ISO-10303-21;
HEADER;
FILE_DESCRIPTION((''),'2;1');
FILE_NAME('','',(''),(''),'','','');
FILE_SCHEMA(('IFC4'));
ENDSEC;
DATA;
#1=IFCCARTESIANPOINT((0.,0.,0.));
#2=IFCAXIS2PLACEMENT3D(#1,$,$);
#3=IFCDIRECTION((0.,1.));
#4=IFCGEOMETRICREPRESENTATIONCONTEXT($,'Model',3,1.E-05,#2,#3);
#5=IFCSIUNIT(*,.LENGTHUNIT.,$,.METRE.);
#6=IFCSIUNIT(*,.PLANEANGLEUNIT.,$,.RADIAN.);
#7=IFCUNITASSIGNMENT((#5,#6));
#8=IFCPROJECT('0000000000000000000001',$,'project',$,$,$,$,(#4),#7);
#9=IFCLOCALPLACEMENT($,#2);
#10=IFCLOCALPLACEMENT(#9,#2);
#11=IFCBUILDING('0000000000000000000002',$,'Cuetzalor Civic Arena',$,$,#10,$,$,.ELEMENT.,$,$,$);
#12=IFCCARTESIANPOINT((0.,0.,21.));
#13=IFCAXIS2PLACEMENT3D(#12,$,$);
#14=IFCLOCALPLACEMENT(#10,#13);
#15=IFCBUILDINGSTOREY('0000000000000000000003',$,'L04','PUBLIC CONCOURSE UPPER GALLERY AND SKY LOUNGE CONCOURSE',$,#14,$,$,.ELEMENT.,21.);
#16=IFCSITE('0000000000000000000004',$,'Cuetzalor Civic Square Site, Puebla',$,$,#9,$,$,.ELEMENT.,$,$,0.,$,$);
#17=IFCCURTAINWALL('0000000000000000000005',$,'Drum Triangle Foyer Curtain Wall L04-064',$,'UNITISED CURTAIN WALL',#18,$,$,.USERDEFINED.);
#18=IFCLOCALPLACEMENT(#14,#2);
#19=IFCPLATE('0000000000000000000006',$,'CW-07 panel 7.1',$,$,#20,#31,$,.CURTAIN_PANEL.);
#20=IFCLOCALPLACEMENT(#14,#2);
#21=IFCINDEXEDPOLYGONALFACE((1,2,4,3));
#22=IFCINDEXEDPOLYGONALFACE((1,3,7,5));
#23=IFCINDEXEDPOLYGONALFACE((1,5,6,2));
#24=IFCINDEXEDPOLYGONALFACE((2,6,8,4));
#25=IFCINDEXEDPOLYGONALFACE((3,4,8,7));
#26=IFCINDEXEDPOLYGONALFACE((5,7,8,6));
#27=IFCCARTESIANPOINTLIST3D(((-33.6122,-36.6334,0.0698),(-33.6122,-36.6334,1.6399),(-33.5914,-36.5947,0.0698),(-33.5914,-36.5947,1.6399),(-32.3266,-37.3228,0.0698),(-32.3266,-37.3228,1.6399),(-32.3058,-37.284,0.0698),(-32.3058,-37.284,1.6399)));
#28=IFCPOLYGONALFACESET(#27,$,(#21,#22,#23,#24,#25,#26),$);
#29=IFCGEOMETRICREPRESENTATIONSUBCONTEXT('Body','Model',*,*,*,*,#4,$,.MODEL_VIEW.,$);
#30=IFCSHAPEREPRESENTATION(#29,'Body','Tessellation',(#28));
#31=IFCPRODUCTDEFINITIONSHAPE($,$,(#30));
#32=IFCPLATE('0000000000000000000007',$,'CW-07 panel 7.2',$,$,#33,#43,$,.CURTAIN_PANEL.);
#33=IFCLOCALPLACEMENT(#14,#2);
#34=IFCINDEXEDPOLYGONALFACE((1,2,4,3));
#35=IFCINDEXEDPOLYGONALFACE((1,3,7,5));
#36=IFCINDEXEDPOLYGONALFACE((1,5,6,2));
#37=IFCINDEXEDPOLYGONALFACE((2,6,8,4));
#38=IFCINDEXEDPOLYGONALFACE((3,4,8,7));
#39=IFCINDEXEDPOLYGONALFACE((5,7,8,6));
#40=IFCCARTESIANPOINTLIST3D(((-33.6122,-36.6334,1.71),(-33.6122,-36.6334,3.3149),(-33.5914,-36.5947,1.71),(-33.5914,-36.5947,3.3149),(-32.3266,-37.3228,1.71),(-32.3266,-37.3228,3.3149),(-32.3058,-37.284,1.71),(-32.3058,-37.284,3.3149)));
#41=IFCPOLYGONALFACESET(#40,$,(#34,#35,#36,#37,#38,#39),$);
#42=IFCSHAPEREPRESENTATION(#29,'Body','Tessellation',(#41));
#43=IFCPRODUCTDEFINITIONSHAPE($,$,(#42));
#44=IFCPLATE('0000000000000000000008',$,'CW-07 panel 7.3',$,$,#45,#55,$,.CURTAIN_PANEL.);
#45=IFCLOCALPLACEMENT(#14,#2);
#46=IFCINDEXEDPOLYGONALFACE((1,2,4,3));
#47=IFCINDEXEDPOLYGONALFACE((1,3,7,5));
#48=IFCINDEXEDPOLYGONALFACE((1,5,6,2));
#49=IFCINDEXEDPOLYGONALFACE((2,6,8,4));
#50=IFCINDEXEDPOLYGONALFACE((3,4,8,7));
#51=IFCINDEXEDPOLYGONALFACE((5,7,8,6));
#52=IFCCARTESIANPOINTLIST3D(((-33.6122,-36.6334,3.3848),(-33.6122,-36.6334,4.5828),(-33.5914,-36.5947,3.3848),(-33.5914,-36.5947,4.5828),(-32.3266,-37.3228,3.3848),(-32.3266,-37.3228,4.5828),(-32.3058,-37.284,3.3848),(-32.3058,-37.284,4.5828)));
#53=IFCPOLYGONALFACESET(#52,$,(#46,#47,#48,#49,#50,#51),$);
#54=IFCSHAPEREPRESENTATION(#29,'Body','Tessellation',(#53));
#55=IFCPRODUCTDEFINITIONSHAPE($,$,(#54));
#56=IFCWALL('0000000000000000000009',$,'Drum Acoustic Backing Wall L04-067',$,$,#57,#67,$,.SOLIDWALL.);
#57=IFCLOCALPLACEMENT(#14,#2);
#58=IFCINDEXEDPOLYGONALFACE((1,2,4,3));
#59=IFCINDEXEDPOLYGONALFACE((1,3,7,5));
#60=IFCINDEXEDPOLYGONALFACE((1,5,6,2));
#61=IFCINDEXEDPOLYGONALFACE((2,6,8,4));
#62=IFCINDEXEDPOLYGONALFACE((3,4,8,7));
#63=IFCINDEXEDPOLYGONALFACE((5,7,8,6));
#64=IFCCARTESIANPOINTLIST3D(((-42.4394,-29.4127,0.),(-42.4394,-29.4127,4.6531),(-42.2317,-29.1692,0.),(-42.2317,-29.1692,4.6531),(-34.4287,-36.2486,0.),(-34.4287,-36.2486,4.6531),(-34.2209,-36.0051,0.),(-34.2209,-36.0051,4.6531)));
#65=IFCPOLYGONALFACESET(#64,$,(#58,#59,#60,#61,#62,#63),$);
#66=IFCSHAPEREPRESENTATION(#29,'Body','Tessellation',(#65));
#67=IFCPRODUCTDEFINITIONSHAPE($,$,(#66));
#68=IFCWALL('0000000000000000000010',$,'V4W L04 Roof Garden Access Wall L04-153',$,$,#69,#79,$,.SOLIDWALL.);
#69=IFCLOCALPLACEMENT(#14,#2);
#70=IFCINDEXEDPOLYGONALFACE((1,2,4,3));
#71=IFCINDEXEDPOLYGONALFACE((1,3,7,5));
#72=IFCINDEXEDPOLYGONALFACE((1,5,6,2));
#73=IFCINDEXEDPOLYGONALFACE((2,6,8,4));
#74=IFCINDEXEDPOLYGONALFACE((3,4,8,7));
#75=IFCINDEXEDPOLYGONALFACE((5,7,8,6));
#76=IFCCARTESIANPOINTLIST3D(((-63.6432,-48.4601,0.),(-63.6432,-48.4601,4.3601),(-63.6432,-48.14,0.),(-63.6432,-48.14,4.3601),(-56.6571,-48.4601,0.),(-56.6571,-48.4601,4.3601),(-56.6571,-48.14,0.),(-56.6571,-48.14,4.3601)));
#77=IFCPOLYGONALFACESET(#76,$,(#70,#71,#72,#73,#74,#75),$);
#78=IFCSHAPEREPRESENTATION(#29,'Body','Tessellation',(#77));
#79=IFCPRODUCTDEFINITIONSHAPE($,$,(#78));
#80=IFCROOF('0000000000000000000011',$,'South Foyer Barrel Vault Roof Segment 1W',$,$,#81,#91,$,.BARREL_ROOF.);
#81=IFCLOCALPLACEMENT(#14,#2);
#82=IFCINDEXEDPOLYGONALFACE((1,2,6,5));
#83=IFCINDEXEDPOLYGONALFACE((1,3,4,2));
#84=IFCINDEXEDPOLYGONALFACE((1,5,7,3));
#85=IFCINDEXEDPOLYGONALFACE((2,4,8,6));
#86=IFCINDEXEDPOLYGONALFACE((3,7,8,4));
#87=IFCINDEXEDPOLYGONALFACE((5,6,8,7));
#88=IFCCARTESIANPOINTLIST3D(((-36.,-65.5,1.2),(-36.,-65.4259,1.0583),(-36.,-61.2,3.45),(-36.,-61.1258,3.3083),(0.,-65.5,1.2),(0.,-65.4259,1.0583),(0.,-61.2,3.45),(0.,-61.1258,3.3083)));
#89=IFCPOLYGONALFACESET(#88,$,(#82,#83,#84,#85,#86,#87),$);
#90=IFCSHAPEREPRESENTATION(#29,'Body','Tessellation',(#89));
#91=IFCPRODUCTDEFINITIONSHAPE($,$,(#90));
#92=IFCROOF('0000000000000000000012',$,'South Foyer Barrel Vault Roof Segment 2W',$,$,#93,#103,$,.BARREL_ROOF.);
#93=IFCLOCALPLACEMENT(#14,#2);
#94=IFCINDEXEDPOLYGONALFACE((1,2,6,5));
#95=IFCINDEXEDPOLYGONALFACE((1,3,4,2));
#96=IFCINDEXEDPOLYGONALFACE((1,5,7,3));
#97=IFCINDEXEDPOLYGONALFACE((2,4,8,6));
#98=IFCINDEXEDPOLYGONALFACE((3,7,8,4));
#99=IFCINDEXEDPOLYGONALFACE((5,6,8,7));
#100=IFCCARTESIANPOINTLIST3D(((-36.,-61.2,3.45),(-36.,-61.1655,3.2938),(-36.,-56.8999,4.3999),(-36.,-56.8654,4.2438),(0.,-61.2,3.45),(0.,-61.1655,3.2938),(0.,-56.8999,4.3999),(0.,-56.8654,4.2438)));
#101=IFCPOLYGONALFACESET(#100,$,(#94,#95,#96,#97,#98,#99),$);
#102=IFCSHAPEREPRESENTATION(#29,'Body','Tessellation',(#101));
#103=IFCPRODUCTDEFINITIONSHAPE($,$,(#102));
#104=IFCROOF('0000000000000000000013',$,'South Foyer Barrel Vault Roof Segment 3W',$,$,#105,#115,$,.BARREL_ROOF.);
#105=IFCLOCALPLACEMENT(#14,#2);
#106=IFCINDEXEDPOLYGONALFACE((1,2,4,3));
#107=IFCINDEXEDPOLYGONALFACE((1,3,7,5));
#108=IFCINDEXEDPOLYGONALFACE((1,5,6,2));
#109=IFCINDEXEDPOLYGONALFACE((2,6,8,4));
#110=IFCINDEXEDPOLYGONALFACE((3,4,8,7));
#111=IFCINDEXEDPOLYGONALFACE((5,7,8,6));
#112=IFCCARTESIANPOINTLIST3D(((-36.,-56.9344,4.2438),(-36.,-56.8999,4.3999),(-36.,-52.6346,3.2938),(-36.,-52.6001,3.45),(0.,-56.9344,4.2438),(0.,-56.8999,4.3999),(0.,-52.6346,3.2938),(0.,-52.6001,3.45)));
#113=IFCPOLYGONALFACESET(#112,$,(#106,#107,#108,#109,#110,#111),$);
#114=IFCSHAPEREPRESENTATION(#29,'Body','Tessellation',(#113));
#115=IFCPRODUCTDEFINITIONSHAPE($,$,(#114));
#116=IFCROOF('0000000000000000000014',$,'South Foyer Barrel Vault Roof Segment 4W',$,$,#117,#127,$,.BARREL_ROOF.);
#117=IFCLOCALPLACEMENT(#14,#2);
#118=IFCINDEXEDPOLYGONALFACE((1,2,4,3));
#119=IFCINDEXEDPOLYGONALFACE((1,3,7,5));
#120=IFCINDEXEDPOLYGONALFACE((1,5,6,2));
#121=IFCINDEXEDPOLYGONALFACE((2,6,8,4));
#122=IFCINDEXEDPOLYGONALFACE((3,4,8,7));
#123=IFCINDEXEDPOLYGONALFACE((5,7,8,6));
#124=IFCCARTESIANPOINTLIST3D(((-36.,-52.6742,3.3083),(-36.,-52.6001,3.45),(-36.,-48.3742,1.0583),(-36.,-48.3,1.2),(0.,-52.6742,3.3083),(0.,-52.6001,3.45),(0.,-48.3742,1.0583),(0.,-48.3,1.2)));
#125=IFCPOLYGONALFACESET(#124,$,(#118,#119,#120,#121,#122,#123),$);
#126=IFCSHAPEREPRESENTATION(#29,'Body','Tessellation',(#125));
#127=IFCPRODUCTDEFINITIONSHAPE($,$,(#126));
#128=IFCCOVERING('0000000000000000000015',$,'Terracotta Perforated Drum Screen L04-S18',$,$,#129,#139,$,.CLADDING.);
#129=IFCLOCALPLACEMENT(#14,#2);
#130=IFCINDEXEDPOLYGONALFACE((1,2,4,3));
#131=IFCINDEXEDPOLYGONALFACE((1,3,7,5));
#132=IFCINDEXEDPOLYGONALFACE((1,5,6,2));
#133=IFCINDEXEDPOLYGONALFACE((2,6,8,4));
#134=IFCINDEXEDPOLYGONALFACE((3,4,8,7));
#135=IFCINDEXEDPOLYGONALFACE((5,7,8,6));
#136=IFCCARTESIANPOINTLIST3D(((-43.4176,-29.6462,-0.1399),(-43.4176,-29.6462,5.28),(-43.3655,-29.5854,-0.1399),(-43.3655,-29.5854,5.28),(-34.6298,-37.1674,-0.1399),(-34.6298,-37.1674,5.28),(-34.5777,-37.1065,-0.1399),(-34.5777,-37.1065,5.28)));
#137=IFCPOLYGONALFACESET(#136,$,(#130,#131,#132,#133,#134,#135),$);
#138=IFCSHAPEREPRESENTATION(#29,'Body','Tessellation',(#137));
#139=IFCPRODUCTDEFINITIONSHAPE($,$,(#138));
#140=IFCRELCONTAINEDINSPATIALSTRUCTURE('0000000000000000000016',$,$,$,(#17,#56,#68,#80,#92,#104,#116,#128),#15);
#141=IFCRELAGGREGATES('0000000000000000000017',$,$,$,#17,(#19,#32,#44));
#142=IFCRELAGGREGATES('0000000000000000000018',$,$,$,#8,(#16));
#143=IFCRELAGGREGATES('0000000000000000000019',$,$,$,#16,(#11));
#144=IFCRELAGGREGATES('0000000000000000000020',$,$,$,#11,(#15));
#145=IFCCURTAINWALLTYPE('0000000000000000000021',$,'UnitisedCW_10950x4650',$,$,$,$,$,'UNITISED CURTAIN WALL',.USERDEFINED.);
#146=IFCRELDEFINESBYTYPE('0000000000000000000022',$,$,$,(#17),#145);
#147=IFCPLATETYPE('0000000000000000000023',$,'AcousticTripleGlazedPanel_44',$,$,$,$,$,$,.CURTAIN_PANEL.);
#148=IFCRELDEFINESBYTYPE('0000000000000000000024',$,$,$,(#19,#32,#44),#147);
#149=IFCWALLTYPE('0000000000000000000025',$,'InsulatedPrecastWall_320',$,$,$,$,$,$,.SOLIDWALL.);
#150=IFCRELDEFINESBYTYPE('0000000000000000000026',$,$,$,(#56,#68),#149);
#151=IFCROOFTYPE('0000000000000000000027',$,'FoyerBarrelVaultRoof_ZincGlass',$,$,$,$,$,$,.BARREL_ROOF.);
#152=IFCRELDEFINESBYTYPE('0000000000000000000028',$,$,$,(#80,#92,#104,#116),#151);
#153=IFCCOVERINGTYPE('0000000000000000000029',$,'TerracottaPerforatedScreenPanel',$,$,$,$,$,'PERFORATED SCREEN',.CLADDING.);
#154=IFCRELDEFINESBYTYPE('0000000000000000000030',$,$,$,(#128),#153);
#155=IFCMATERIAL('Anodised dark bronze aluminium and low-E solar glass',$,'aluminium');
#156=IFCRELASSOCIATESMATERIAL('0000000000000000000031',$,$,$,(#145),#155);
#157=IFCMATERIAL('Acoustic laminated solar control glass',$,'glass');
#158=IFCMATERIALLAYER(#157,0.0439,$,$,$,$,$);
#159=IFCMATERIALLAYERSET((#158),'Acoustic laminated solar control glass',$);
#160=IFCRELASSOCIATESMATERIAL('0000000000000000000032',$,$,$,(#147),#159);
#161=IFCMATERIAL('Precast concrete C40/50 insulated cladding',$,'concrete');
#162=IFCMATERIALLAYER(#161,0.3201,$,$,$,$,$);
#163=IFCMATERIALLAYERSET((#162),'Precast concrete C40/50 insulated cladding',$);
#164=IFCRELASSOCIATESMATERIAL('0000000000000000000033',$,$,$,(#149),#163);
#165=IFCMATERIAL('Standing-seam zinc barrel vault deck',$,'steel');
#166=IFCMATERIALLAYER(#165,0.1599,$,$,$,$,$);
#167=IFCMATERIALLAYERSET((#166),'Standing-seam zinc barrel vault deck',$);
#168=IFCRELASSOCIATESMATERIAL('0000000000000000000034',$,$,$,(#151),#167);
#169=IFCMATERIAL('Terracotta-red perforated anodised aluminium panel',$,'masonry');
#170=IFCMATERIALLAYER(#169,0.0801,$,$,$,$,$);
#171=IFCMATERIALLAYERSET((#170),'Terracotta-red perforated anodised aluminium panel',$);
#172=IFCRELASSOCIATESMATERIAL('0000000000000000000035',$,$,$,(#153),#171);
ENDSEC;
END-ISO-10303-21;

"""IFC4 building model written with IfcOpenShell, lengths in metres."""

from ifc_helpers import new_model, si_unit, direction, frame, frame_2d, origin, origin_2d, place, context, subcontext, project, spatial, polyline, rectangle, outline, extrude, material, layer, layer_set, type_object, element, aggregate, save


model = new_model("IFC4")

# Units and contexts
model_context = context("Model", 3, precision=1e-05, world=origin(), true_north=direction((0.0, 1.0)))
body_context = subcontext(model_context, "Body", "Model", "MODEL_VIEW")
ifc_project = project(units=[si_unit("LENGTHUNIT", "METRE"), si_unit("PLANEANGLEUNIT", "RADIAN")], contexts=[model_context])

# Site, building, storey
site_placement = place(None, origin())
site = spatial("IfcSite", under=ifc_project, at=site_placement, Name="Cuetzalor Civic Square Site, Puebla", CompositionType="ELEMENT", RefElevation=0.0)
building_placement = place(site_placement, origin())
building = spatial("IfcBuilding", under=site, at=building_placement, Name="Cuetzalor Civic Arena", CompositionType="ELEMENT")
storey_placement = place(building_placement, frame((0.0, 0.0, 21.0)))
storey = spatial("IfcBuildingStorey", under=building, at=storey_placement, Name="L04", Description="PUBLIC CONCOURSE UPPER GALLERY AND SKY LOUNGE CONCOURSE", CompositionType="ELEMENT", Elevation=21.0)

# Curtain wall
ifc_material_1 = material(Name="Anodised dark bronze aluminium and low-E solar glass", Category="aluminium")
curtain_wall_type = type_object("IfcCurtainWallType", Name="UnitisedCW_10950x4650", ElementType="UNITISED CURTAIN WALL", PredefinedType="USERDEFINED", material=ifc_material_1)
curtain_wall_placement = place(storey_placement, origin())
curtain_wall = element("IfcCurtainWall", 1, at=curtain_wall_placement, inside=storey, type_object=curtain_wall_type, Name="Drum Triangle Foyer Curtain Wall L04-064", ObjectType="UNITISED CURTAIN WALL", PredefinedType="USERDEFINED")

# Plates
ifc_material_2 = material(Name="Acoustic laminated solar control glass", Category="glass")
ifc_layer_1 = layer(ifc_material_2, 0.0439)
ifc_layer_set_1 = layer_set([ifc_layer_1], Name="Acoustic laminated solar control glass")
plate_type = type_object("IfcPlateType", Name="AcousticTripleGlazedPanel_44", PredefinedType="CURTAIN_PANEL", material=ifc_layer_set_1)
plate_1_placement = place(storey_placement, frame((-32.959, -36.9587, 0.0698), z_axis=(0.0, 0.0, 1.0), x_axis=(-0.881306, 0.472545, 0.0)))
plate_1 = element("IfcPlate", 2, at=plate_1_placement, type_object=plate_type, Name="CW-07 panel 7.1", PredefinedType="CURTAIN_PANEL", context=body_context, shape_type="SweptSolid", body=[
    extrude(rectangle(XDim=1.4587, YDim=0.0439, at=origin_2d()), origin(), (0.0, 0.0, 1.0), 1.5701),
])
plate_2_placement = place(storey_placement, frame((-32.959, -36.9587, 1.71), z_axis=(0.0, 0.0, 1.0), x_axis=(-0.881306, 0.472545, 0.0)))
plate_2 = element("IfcPlate", 3, at=plate_2_placement, type_object=plate_type, Name="CW-07 panel 7.2", PredefinedType="CURTAIN_PANEL", context=body_context, shape_type="SweptSolid", body=[
    extrude(rectangle(XDim=1.4587, YDim=0.0439, at=origin_2d()), origin(), (0.0, 0.0, 1.0), 1.605),
])
plate_3_placement = place(storey_placement, frame((-32.959, -36.9587, 3.3848), z_axis=(0.0, 0.0, 1.0), x_axis=(-0.881306, 0.472545, 0.0)))
plate_3 = element("IfcPlate", 4, at=plate_3_placement, type_object=plate_type, Name="CW-07 panel 7.3", PredefinedType="CURTAIN_PANEL", context=body_context, shape_type="SweptSolid", body=[
    extrude(rectangle(XDim=1.4587, YDim=0.0439, at=origin_2d()), origin(), (0.0, 0.0, 1.0), 1.198),
])
aggregate(curtain_wall, [plate_1, plate_2, plate_3])

# Wall
ifc_material_3 = material(Name="Precast concrete C40/50 insulated cladding", Category="concrete")
ifc_layer_2 = layer(ifc_material_3, 0.3201)
ifc_layer_set_2 = layer_set([ifc_layer_2], Name="Precast concrete C40/50 insulated cladding")
wall_type = type_object("IfcWallType", Name="InsulatedPrecastWall_320", PredefinedType="SOLIDWALL", material=ifc_layer_set_2)
wall_1_placement = place(storey_placement, frame((-34.3247, -36.127, 0.0), z_axis=(0.0, 0.0, 1.0), x_axis=(-0.760682, 0.649125, 0.0)))
element("IfcWall", 5, at=wall_1_placement, inside=storey, type_object=wall_type, Name="Drum Acoustic Backing Wall L04-067", PredefinedType="SOLIDWALL", context=body_context, shape_type="SweptSolid", body=[
    extrude(rectangle(XDim=10.531, YDim=0.3201, at=frame_2d((5.2656, 0.0))), origin(), (0.0, 0.0, 1.0), 4.6531),
])

# Wall
wall_2_placement = place(storey_placement, frame((-56.657, -48.3, 0.0), z_axis=(0.0, 0.0, 1.0), x_axis=(-1.0, 0.0, 0.0)))
element("IfcWall", 6, at=wall_2_placement, inside=storey, type_object=wall_type, Name="V4W L04 Roof Garden Access Wall L04-153", PredefinedType="SOLIDWALL", context=body_context, shape_type="SweptSolid", body=[
    extrude(rectangle(XDim=6.9861, YDim=0.3201, at=frame_2d((3.4932, 0.0))), origin(), (0.0, 0.0, 1.0), 4.3601),
])

# Roofs
ifc_material_4 = material(Name="Standing-seam zinc barrel vault deck", Category="steel")
ifc_layer_3 = layer(ifc_material_4, 0.1599)
ifc_layer_set_3 = layer_set([ifc_layer_3], Name="Standing-seam zinc barrel vault deck")
roof_type = type_object("IfcRoofType", Name="FoyerBarrelVaultRoof_ZincGlass", PredefinedType="BARREL_ROOF", material=ifc_layer_set_3)
roof_1_placement = place(storey_placement, frame((-36.0, -65.5, 1.2), z_axis=(0.0, -0.463618, 0.886035), x_axis=(1.0, 0.0, 0.0)))
element("IfcRoof", 7, at=roof_1_placement, inside=storey, type_object=roof_type, Name="South Foyer Barrel Vault Roof Segment 1W", PredefinedType="BARREL_ROOF", context=body_context, shape_type="SweptSolid", body=[
    extrude(outline(polyline([(0.0, 0.0), (36.0, 0.0), (36.0, 4.8531), (0.0, 4.8531), (0.0, 0.0)])), origin(), (0.0, 0.0, -1.0), 0.1599),
])
roof_2_placement = place(storey_placement, frame((-36.0, -61.2, 3.45), z_axis=(0.0, -0.215715, 0.976456), x_axis=(1.0, 0.0, 0.0)))
element("IfcRoof", 8, at=roof_2_placement, inside=storey, type_object=roof_type, Name="South Foyer Barrel Vault Roof Segment 2W", PredefinedType="BARREL_ROOF", context=body_context, shape_type="SweptSolid", body=[
    extrude(outline(polyline([(0.0, 0.0), (36.0, 0.0), (36.0, 4.4037), (0.0, 4.4037), (0.0, 0.0)])), origin(), (0.0, 0.0, -1.0), 0.1599),
])
roof_3_placement = place(storey_placement, frame((-36.0, -56.8999, 4.3999), z_axis=(0.0, 0.215727, 0.976454), x_axis=(1.0, 0.0, 0.0)))
element("IfcRoof", 9, at=roof_3_placement, inside=storey, type_object=roof_type, Name="South Foyer Barrel Vault Roof Segment 3W", PredefinedType="BARREL_ROOF", context=body_context, shape_type="SweptSolid", body=[
    extrude(outline(polyline([(0.0, 0.0), (36.0, 0.0), (36.0, 4.4035), (0.0, 4.4035), (0.0, 0.0)])), origin(), (0.0, 0.0, -1.0), 0.1599),
])
roof_4_placement = place(storey_placement, frame((-36.0, -52.6001, 3.45), z_axis=(0.0, 0.463618, 0.886035), x_axis=(1.0, 0.0, 0.0)))
element("IfcRoof", 10, at=roof_4_placement, inside=storey, type_object=roof_type, Name="South Foyer Barrel Vault Roof Segment 4W", PredefinedType="BARREL_ROOF", context=body_context, shape_type="SweptSolid", body=[
    extrude(outline(polyline([(0.0, 0.0), (36.0, 0.0), (36.0, 4.8531), (0.0, 4.8531), (0.0, 0.0)])), origin(), (0.0, 0.0, -1.0), 0.1599),
])

# Covering
ifc_material_5 = material(Name="Terracotta-red perforated anodised aluminium panel", Category="masonry")
ifc_layer_4 = layer(ifc_material_5, 0.0801)
ifc_layer_set_4 = layer_set([ifc_layer_4], Name="Terracotta-red perforated anodised aluminium panel")
covering_type = type_object("IfcCoveringType", Name="TerracottaPerforatedScreenPanel", ElementType="PERFORATED SCREEN", PredefinedType="CLADDING", material=ifc_layer_set_4)
covering_placement = place(storey_placement, frame((-34.6038, -37.137, -0.1399), z_axis=(0.0, 0.0, 1.0), x_axis=(-0.759735, 0.650233, 0.0)))
element("IfcCovering", 11, at=covering_placement, inside=storey, type_object=covering_type, Name="Terracotta Perforated Drum Screen L04-S18", PredefinedType="CLADDING", context=body_context, shape_type="SweptSolid", body=[
    extrude(rectangle(XDim=11.5669, YDim=0.0801, at=frame_2d((5.7834, 0.0))), origin(), (0.0, 0.0, 1.0), 5.4199),
])

save(model, "model.ifc")
